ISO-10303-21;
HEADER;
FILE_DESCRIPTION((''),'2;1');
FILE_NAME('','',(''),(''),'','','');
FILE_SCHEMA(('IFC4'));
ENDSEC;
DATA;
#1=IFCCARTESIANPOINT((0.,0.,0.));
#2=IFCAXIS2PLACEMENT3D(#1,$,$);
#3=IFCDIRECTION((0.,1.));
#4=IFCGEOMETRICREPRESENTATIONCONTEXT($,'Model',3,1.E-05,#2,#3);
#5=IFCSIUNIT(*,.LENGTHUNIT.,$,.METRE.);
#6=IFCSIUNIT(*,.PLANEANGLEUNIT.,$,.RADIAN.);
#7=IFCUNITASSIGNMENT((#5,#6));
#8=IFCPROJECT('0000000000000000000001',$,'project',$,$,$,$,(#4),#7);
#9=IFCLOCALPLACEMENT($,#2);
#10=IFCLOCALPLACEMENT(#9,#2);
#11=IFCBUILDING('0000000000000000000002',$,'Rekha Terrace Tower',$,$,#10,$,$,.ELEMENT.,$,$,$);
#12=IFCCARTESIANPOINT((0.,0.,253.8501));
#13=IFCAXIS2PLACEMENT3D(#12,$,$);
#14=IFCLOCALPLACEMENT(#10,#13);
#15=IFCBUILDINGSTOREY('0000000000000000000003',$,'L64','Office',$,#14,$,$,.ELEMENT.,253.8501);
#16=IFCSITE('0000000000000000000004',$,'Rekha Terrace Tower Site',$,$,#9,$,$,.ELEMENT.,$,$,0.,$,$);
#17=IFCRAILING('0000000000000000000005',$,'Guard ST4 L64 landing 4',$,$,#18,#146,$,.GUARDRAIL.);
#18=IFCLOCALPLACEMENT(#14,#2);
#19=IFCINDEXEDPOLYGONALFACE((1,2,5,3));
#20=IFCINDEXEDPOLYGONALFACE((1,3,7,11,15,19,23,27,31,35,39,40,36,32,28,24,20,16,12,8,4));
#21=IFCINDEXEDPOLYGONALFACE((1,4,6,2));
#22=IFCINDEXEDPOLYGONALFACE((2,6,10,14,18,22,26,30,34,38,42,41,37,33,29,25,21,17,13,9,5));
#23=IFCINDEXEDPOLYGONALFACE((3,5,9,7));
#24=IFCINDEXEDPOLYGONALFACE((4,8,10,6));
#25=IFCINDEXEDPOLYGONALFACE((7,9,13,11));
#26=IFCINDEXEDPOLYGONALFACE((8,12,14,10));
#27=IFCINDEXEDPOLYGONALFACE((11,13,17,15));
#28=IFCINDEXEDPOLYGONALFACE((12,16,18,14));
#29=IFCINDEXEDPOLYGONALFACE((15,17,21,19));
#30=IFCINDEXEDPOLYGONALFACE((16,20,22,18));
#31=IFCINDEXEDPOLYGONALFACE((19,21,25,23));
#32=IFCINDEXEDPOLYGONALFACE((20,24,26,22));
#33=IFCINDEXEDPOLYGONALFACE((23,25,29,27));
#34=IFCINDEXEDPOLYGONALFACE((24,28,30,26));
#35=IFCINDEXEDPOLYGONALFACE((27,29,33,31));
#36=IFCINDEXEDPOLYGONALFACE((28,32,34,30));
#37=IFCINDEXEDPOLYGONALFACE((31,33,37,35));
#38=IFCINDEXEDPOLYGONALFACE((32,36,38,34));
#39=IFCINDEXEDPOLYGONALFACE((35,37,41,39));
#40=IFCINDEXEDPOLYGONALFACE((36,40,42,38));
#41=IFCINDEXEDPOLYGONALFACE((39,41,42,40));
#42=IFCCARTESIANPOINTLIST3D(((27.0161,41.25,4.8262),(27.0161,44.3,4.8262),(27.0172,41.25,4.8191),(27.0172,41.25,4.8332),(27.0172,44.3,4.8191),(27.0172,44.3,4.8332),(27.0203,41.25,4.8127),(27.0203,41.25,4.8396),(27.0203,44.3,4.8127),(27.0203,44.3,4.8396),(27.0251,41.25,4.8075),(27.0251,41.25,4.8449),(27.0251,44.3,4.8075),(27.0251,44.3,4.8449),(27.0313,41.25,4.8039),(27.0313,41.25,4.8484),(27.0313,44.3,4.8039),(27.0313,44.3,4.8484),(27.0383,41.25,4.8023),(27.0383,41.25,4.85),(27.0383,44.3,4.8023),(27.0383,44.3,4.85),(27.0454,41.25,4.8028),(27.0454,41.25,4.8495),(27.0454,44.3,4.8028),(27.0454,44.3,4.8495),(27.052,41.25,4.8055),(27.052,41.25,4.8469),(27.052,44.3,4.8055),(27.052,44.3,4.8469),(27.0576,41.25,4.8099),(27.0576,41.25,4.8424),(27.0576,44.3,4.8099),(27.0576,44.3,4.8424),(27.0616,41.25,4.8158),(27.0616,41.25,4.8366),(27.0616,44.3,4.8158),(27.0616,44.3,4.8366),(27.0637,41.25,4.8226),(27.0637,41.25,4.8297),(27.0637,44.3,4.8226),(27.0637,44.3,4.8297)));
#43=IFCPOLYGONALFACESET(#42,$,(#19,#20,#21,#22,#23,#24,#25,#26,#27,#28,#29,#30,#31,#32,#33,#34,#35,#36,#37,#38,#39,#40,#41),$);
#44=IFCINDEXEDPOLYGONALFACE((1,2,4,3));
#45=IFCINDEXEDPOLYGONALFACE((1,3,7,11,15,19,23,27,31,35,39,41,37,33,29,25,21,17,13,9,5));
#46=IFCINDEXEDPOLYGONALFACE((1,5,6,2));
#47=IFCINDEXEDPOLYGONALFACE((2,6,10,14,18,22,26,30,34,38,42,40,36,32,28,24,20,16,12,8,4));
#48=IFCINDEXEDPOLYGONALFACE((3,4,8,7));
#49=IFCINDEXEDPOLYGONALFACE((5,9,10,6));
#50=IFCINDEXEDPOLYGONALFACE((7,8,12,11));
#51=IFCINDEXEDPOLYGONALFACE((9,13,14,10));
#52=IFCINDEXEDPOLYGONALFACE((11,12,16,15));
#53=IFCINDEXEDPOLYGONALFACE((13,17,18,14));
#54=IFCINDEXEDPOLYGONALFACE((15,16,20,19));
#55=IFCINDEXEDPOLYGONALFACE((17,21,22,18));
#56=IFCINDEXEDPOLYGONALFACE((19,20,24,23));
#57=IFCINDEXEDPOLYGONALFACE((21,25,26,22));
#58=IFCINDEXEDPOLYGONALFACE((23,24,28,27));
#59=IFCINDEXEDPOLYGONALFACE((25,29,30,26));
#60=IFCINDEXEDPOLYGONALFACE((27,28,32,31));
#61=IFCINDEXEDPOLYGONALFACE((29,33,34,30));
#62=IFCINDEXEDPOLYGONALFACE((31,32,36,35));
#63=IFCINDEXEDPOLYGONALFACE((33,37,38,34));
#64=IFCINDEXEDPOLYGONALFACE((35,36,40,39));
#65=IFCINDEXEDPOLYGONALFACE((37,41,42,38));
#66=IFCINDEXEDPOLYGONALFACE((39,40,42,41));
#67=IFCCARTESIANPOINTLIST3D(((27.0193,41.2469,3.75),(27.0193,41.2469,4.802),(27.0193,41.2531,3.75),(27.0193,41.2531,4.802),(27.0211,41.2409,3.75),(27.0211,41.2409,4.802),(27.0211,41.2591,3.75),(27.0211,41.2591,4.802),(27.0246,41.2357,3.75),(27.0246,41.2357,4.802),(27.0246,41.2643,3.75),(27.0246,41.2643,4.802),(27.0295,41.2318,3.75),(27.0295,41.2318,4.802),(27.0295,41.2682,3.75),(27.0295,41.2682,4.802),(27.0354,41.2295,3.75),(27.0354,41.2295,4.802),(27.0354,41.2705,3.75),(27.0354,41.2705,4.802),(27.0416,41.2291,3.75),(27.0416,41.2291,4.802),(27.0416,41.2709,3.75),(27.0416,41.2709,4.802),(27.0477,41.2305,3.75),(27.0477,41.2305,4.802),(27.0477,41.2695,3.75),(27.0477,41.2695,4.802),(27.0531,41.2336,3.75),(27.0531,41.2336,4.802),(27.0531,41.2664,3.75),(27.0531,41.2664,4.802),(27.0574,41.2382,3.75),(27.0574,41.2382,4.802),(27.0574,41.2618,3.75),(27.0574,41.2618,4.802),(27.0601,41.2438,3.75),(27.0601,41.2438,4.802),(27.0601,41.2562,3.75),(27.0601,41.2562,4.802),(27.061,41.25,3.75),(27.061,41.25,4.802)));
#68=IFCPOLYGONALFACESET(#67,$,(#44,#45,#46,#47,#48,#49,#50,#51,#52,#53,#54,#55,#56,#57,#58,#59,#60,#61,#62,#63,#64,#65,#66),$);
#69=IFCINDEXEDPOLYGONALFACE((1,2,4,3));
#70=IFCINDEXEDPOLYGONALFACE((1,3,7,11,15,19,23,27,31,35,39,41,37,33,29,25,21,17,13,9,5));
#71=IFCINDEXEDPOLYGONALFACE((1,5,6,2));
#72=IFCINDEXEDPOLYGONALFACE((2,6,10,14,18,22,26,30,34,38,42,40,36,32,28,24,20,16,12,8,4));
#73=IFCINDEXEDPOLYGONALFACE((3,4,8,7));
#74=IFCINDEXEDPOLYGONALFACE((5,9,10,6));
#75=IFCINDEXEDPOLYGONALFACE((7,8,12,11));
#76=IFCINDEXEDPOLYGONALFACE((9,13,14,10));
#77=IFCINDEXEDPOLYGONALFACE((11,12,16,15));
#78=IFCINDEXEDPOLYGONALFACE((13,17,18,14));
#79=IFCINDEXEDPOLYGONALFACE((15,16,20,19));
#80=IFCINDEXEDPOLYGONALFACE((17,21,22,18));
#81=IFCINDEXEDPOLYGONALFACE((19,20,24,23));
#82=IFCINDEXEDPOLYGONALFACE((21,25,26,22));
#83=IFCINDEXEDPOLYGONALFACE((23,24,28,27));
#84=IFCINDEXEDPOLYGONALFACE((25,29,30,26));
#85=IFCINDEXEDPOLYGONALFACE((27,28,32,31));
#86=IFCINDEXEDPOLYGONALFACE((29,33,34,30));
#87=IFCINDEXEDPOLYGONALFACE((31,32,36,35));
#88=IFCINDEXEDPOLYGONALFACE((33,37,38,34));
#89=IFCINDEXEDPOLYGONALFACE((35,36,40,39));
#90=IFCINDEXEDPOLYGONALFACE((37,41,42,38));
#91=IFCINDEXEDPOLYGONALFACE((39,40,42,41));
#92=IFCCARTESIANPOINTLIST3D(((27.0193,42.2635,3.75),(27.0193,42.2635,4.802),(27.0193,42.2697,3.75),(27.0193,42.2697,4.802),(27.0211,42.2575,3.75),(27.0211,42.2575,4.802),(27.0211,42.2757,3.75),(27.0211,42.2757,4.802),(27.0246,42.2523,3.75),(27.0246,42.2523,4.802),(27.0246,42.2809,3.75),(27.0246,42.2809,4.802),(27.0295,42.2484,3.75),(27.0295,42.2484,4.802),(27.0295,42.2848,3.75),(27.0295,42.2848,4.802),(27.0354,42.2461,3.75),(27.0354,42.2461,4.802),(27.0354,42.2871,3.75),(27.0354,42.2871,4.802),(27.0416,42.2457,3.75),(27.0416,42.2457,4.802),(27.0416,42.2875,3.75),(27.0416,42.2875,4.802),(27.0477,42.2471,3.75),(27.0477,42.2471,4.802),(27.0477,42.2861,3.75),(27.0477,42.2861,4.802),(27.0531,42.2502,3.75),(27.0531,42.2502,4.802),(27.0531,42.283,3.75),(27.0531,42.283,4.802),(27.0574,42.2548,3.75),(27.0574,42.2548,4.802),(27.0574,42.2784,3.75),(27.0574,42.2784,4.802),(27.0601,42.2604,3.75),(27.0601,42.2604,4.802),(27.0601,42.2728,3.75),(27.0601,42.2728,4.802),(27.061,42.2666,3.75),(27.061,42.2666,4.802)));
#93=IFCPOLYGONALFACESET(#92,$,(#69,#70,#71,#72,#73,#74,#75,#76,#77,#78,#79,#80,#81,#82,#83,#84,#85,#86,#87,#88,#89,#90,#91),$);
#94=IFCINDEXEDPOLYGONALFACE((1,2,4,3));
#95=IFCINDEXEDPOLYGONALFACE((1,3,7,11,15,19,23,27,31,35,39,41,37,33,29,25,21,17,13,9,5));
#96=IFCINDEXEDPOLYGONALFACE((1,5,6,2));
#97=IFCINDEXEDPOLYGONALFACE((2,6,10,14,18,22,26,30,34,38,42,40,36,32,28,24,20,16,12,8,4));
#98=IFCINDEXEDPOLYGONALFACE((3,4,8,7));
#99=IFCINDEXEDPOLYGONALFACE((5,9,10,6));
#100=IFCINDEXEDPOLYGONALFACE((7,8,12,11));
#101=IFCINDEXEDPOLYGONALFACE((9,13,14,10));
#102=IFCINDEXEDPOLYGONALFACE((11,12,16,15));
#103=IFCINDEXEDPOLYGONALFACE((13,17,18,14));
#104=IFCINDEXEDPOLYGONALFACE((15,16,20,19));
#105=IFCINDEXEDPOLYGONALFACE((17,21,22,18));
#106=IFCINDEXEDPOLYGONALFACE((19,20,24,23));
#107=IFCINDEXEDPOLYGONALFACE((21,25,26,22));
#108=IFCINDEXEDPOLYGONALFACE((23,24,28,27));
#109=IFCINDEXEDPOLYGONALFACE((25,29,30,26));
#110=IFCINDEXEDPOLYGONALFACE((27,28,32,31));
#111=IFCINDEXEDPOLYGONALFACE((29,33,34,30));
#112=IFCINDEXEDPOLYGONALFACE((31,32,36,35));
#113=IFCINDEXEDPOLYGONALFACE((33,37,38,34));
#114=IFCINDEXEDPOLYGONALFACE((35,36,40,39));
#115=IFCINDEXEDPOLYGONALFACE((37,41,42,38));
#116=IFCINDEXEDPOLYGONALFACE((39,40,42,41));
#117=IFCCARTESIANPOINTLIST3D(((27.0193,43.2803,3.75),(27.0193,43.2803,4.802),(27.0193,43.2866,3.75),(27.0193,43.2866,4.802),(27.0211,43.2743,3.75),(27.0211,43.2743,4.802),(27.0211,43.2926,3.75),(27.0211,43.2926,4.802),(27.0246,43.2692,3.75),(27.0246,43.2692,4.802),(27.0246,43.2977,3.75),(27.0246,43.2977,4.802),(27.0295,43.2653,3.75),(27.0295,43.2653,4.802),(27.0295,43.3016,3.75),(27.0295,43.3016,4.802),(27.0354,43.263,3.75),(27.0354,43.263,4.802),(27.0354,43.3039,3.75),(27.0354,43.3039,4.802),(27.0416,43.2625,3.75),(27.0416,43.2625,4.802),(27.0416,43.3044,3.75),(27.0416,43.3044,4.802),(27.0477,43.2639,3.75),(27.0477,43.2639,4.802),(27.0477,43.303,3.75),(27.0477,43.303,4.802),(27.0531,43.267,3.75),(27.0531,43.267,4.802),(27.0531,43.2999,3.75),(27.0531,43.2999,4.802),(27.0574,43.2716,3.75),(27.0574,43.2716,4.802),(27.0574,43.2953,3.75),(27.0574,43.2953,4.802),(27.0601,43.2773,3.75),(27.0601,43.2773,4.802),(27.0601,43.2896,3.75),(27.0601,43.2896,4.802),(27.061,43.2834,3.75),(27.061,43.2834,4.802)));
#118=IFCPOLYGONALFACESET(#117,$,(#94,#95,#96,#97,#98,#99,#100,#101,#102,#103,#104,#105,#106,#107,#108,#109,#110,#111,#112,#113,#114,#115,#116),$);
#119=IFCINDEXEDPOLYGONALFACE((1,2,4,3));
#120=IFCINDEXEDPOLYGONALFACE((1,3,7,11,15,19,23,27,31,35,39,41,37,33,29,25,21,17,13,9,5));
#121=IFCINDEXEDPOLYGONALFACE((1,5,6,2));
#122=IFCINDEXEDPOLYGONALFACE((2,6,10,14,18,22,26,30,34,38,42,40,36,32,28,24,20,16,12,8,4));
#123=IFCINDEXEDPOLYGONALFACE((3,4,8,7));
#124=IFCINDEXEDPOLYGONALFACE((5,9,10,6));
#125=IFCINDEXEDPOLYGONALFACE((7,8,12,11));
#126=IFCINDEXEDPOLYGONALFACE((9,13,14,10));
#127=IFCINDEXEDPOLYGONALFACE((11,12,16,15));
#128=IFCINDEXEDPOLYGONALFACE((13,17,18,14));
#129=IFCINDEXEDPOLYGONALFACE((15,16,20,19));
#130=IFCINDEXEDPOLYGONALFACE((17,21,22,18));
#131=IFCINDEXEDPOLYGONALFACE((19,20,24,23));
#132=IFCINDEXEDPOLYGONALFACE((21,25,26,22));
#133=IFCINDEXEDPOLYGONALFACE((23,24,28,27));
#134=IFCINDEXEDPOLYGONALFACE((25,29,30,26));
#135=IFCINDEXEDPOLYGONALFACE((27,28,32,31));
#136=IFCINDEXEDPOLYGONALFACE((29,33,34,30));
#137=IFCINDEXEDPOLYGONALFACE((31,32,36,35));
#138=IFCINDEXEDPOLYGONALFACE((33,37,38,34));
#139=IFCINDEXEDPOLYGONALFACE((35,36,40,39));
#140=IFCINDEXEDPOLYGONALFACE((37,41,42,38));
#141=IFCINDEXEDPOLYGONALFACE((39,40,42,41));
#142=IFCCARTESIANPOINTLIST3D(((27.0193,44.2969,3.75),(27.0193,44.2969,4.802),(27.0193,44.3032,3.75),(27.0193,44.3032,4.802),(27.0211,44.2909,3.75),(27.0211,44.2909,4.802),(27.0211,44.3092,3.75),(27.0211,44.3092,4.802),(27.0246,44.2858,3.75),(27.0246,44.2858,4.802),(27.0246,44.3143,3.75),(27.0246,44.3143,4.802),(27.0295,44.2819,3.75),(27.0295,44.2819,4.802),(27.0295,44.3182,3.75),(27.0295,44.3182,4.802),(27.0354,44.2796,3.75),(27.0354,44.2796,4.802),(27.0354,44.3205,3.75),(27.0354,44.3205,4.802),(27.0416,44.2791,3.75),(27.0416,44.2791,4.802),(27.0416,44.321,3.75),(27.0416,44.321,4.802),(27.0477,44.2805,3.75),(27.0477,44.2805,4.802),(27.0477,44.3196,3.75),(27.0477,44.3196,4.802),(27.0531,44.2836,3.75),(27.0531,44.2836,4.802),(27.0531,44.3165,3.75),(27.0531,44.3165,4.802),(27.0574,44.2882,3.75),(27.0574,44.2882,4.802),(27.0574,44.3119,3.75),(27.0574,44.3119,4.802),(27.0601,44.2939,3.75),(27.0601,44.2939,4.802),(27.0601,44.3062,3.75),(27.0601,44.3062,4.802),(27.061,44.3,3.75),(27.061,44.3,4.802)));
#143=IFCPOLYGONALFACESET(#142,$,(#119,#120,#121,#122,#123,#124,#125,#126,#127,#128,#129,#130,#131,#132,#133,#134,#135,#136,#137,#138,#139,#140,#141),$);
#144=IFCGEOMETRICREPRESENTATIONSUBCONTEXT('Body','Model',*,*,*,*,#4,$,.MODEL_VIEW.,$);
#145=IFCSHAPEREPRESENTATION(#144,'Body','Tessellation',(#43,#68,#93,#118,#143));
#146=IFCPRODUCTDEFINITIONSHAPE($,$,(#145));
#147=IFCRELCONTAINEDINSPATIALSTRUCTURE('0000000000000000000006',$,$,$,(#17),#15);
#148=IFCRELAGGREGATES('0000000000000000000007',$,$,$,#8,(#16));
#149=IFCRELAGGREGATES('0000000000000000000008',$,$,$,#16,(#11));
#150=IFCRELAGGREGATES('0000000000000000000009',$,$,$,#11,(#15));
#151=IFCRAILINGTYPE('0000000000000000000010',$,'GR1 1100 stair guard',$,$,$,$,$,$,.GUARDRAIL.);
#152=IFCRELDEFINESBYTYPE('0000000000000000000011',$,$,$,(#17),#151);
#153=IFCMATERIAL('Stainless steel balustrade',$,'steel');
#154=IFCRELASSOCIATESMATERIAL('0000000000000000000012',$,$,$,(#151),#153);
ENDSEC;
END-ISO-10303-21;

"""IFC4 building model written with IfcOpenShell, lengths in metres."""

from ifc_helpers import new_model, si_unit, direction, frame, origin, origin_2d, place, context, subcontext, project, spatial, circle, extrude, material, type_object, element, save


model = new_model("IFC4")

# Units and contexts
model_context = context("Model", 3, precision=1e-05, world=origin(), true_north=direction((0.0, 1.0)))
body_context = subcontext(model_context, "Body", "Model", "MODEL_VIEW")
ifc_project = project(units=[si_unit("LENGTHUNIT", "METRE"), si_unit("PLANEANGLEUNIT", "RADIAN")], contexts=[model_context])

# Site, building, storey
site_placement = place(None, origin())
site = spatial("IfcSite", under=ifc_project, at=site_placement, Name="Rekha Terrace Tower Site", CompositionType="ELEMENT", RefElevation=0.0)
building_placement = place(site_placement, origin())
building = spatial("IfcBuilding", under=site, at=building_placement, Name="Rekha Terrace Tower", CompositionType="ELEMENT")
storey_placement = place(building_placement, frame((0.0, 0.0, 253.8501)))
storey = spatial("IfcBuildingStorey", under=building, at=storey_placement, Name="L64", Description="Office", CompositionType="ELEMENT", Elevation=253.8501)

# Railing
ifc_material_1 = material(Name="Stainless steel balustrade", Category="steel")
railing_type = type_object("IfcRailingType", Name="GR1 1100 stair guard", PredefinedType="GUARDRAIL", material=ifc_material_1)
railing_1_placement = place(storey_placement, frame((27.04, 41.25, 3.75)))
element("IfcRailing", 1, at=railing_1_placement, inside=storey, type_object=railing_type, Name="Guard ST4 L64 landing 4", PredefinedType="GUARDRAIL", context=body_context, shape_type="SweptSolid", body=[
    extrude(circle(Radius=0.0239, at=origin_2d()), frame((0.0, 0.0, 1.0762), z_axis=(0.0, 1.0, 0.0), x_axis=(-1.0, 0.0, 0.0)), (0.0, 0.0, 1.0), 3.05),
    extrude(circle(Radius=0.021, at=origin_2d()), origin(), (0.0, 0.0, 1.0), 1.052),
    extrude(circle(Radius=0.021, at=origin_2d()), frame((0.0, 1.0166, 0.0)), (0.0, 0.0, 1.0), 1.052),
    extrude(circle(Radius=0.021, at=origin_2d()), frame((0.0, 2.0334, 0.0)), (0.0, 0.0, 1.0), 1.052),
    extrude(circle(Radius=0.021, at=origin_2d()), frame((0.0, 3.05, 0.0)), (0.0, 0.0, 1.0), 1.052),
])

save(model, "model.ifc")
